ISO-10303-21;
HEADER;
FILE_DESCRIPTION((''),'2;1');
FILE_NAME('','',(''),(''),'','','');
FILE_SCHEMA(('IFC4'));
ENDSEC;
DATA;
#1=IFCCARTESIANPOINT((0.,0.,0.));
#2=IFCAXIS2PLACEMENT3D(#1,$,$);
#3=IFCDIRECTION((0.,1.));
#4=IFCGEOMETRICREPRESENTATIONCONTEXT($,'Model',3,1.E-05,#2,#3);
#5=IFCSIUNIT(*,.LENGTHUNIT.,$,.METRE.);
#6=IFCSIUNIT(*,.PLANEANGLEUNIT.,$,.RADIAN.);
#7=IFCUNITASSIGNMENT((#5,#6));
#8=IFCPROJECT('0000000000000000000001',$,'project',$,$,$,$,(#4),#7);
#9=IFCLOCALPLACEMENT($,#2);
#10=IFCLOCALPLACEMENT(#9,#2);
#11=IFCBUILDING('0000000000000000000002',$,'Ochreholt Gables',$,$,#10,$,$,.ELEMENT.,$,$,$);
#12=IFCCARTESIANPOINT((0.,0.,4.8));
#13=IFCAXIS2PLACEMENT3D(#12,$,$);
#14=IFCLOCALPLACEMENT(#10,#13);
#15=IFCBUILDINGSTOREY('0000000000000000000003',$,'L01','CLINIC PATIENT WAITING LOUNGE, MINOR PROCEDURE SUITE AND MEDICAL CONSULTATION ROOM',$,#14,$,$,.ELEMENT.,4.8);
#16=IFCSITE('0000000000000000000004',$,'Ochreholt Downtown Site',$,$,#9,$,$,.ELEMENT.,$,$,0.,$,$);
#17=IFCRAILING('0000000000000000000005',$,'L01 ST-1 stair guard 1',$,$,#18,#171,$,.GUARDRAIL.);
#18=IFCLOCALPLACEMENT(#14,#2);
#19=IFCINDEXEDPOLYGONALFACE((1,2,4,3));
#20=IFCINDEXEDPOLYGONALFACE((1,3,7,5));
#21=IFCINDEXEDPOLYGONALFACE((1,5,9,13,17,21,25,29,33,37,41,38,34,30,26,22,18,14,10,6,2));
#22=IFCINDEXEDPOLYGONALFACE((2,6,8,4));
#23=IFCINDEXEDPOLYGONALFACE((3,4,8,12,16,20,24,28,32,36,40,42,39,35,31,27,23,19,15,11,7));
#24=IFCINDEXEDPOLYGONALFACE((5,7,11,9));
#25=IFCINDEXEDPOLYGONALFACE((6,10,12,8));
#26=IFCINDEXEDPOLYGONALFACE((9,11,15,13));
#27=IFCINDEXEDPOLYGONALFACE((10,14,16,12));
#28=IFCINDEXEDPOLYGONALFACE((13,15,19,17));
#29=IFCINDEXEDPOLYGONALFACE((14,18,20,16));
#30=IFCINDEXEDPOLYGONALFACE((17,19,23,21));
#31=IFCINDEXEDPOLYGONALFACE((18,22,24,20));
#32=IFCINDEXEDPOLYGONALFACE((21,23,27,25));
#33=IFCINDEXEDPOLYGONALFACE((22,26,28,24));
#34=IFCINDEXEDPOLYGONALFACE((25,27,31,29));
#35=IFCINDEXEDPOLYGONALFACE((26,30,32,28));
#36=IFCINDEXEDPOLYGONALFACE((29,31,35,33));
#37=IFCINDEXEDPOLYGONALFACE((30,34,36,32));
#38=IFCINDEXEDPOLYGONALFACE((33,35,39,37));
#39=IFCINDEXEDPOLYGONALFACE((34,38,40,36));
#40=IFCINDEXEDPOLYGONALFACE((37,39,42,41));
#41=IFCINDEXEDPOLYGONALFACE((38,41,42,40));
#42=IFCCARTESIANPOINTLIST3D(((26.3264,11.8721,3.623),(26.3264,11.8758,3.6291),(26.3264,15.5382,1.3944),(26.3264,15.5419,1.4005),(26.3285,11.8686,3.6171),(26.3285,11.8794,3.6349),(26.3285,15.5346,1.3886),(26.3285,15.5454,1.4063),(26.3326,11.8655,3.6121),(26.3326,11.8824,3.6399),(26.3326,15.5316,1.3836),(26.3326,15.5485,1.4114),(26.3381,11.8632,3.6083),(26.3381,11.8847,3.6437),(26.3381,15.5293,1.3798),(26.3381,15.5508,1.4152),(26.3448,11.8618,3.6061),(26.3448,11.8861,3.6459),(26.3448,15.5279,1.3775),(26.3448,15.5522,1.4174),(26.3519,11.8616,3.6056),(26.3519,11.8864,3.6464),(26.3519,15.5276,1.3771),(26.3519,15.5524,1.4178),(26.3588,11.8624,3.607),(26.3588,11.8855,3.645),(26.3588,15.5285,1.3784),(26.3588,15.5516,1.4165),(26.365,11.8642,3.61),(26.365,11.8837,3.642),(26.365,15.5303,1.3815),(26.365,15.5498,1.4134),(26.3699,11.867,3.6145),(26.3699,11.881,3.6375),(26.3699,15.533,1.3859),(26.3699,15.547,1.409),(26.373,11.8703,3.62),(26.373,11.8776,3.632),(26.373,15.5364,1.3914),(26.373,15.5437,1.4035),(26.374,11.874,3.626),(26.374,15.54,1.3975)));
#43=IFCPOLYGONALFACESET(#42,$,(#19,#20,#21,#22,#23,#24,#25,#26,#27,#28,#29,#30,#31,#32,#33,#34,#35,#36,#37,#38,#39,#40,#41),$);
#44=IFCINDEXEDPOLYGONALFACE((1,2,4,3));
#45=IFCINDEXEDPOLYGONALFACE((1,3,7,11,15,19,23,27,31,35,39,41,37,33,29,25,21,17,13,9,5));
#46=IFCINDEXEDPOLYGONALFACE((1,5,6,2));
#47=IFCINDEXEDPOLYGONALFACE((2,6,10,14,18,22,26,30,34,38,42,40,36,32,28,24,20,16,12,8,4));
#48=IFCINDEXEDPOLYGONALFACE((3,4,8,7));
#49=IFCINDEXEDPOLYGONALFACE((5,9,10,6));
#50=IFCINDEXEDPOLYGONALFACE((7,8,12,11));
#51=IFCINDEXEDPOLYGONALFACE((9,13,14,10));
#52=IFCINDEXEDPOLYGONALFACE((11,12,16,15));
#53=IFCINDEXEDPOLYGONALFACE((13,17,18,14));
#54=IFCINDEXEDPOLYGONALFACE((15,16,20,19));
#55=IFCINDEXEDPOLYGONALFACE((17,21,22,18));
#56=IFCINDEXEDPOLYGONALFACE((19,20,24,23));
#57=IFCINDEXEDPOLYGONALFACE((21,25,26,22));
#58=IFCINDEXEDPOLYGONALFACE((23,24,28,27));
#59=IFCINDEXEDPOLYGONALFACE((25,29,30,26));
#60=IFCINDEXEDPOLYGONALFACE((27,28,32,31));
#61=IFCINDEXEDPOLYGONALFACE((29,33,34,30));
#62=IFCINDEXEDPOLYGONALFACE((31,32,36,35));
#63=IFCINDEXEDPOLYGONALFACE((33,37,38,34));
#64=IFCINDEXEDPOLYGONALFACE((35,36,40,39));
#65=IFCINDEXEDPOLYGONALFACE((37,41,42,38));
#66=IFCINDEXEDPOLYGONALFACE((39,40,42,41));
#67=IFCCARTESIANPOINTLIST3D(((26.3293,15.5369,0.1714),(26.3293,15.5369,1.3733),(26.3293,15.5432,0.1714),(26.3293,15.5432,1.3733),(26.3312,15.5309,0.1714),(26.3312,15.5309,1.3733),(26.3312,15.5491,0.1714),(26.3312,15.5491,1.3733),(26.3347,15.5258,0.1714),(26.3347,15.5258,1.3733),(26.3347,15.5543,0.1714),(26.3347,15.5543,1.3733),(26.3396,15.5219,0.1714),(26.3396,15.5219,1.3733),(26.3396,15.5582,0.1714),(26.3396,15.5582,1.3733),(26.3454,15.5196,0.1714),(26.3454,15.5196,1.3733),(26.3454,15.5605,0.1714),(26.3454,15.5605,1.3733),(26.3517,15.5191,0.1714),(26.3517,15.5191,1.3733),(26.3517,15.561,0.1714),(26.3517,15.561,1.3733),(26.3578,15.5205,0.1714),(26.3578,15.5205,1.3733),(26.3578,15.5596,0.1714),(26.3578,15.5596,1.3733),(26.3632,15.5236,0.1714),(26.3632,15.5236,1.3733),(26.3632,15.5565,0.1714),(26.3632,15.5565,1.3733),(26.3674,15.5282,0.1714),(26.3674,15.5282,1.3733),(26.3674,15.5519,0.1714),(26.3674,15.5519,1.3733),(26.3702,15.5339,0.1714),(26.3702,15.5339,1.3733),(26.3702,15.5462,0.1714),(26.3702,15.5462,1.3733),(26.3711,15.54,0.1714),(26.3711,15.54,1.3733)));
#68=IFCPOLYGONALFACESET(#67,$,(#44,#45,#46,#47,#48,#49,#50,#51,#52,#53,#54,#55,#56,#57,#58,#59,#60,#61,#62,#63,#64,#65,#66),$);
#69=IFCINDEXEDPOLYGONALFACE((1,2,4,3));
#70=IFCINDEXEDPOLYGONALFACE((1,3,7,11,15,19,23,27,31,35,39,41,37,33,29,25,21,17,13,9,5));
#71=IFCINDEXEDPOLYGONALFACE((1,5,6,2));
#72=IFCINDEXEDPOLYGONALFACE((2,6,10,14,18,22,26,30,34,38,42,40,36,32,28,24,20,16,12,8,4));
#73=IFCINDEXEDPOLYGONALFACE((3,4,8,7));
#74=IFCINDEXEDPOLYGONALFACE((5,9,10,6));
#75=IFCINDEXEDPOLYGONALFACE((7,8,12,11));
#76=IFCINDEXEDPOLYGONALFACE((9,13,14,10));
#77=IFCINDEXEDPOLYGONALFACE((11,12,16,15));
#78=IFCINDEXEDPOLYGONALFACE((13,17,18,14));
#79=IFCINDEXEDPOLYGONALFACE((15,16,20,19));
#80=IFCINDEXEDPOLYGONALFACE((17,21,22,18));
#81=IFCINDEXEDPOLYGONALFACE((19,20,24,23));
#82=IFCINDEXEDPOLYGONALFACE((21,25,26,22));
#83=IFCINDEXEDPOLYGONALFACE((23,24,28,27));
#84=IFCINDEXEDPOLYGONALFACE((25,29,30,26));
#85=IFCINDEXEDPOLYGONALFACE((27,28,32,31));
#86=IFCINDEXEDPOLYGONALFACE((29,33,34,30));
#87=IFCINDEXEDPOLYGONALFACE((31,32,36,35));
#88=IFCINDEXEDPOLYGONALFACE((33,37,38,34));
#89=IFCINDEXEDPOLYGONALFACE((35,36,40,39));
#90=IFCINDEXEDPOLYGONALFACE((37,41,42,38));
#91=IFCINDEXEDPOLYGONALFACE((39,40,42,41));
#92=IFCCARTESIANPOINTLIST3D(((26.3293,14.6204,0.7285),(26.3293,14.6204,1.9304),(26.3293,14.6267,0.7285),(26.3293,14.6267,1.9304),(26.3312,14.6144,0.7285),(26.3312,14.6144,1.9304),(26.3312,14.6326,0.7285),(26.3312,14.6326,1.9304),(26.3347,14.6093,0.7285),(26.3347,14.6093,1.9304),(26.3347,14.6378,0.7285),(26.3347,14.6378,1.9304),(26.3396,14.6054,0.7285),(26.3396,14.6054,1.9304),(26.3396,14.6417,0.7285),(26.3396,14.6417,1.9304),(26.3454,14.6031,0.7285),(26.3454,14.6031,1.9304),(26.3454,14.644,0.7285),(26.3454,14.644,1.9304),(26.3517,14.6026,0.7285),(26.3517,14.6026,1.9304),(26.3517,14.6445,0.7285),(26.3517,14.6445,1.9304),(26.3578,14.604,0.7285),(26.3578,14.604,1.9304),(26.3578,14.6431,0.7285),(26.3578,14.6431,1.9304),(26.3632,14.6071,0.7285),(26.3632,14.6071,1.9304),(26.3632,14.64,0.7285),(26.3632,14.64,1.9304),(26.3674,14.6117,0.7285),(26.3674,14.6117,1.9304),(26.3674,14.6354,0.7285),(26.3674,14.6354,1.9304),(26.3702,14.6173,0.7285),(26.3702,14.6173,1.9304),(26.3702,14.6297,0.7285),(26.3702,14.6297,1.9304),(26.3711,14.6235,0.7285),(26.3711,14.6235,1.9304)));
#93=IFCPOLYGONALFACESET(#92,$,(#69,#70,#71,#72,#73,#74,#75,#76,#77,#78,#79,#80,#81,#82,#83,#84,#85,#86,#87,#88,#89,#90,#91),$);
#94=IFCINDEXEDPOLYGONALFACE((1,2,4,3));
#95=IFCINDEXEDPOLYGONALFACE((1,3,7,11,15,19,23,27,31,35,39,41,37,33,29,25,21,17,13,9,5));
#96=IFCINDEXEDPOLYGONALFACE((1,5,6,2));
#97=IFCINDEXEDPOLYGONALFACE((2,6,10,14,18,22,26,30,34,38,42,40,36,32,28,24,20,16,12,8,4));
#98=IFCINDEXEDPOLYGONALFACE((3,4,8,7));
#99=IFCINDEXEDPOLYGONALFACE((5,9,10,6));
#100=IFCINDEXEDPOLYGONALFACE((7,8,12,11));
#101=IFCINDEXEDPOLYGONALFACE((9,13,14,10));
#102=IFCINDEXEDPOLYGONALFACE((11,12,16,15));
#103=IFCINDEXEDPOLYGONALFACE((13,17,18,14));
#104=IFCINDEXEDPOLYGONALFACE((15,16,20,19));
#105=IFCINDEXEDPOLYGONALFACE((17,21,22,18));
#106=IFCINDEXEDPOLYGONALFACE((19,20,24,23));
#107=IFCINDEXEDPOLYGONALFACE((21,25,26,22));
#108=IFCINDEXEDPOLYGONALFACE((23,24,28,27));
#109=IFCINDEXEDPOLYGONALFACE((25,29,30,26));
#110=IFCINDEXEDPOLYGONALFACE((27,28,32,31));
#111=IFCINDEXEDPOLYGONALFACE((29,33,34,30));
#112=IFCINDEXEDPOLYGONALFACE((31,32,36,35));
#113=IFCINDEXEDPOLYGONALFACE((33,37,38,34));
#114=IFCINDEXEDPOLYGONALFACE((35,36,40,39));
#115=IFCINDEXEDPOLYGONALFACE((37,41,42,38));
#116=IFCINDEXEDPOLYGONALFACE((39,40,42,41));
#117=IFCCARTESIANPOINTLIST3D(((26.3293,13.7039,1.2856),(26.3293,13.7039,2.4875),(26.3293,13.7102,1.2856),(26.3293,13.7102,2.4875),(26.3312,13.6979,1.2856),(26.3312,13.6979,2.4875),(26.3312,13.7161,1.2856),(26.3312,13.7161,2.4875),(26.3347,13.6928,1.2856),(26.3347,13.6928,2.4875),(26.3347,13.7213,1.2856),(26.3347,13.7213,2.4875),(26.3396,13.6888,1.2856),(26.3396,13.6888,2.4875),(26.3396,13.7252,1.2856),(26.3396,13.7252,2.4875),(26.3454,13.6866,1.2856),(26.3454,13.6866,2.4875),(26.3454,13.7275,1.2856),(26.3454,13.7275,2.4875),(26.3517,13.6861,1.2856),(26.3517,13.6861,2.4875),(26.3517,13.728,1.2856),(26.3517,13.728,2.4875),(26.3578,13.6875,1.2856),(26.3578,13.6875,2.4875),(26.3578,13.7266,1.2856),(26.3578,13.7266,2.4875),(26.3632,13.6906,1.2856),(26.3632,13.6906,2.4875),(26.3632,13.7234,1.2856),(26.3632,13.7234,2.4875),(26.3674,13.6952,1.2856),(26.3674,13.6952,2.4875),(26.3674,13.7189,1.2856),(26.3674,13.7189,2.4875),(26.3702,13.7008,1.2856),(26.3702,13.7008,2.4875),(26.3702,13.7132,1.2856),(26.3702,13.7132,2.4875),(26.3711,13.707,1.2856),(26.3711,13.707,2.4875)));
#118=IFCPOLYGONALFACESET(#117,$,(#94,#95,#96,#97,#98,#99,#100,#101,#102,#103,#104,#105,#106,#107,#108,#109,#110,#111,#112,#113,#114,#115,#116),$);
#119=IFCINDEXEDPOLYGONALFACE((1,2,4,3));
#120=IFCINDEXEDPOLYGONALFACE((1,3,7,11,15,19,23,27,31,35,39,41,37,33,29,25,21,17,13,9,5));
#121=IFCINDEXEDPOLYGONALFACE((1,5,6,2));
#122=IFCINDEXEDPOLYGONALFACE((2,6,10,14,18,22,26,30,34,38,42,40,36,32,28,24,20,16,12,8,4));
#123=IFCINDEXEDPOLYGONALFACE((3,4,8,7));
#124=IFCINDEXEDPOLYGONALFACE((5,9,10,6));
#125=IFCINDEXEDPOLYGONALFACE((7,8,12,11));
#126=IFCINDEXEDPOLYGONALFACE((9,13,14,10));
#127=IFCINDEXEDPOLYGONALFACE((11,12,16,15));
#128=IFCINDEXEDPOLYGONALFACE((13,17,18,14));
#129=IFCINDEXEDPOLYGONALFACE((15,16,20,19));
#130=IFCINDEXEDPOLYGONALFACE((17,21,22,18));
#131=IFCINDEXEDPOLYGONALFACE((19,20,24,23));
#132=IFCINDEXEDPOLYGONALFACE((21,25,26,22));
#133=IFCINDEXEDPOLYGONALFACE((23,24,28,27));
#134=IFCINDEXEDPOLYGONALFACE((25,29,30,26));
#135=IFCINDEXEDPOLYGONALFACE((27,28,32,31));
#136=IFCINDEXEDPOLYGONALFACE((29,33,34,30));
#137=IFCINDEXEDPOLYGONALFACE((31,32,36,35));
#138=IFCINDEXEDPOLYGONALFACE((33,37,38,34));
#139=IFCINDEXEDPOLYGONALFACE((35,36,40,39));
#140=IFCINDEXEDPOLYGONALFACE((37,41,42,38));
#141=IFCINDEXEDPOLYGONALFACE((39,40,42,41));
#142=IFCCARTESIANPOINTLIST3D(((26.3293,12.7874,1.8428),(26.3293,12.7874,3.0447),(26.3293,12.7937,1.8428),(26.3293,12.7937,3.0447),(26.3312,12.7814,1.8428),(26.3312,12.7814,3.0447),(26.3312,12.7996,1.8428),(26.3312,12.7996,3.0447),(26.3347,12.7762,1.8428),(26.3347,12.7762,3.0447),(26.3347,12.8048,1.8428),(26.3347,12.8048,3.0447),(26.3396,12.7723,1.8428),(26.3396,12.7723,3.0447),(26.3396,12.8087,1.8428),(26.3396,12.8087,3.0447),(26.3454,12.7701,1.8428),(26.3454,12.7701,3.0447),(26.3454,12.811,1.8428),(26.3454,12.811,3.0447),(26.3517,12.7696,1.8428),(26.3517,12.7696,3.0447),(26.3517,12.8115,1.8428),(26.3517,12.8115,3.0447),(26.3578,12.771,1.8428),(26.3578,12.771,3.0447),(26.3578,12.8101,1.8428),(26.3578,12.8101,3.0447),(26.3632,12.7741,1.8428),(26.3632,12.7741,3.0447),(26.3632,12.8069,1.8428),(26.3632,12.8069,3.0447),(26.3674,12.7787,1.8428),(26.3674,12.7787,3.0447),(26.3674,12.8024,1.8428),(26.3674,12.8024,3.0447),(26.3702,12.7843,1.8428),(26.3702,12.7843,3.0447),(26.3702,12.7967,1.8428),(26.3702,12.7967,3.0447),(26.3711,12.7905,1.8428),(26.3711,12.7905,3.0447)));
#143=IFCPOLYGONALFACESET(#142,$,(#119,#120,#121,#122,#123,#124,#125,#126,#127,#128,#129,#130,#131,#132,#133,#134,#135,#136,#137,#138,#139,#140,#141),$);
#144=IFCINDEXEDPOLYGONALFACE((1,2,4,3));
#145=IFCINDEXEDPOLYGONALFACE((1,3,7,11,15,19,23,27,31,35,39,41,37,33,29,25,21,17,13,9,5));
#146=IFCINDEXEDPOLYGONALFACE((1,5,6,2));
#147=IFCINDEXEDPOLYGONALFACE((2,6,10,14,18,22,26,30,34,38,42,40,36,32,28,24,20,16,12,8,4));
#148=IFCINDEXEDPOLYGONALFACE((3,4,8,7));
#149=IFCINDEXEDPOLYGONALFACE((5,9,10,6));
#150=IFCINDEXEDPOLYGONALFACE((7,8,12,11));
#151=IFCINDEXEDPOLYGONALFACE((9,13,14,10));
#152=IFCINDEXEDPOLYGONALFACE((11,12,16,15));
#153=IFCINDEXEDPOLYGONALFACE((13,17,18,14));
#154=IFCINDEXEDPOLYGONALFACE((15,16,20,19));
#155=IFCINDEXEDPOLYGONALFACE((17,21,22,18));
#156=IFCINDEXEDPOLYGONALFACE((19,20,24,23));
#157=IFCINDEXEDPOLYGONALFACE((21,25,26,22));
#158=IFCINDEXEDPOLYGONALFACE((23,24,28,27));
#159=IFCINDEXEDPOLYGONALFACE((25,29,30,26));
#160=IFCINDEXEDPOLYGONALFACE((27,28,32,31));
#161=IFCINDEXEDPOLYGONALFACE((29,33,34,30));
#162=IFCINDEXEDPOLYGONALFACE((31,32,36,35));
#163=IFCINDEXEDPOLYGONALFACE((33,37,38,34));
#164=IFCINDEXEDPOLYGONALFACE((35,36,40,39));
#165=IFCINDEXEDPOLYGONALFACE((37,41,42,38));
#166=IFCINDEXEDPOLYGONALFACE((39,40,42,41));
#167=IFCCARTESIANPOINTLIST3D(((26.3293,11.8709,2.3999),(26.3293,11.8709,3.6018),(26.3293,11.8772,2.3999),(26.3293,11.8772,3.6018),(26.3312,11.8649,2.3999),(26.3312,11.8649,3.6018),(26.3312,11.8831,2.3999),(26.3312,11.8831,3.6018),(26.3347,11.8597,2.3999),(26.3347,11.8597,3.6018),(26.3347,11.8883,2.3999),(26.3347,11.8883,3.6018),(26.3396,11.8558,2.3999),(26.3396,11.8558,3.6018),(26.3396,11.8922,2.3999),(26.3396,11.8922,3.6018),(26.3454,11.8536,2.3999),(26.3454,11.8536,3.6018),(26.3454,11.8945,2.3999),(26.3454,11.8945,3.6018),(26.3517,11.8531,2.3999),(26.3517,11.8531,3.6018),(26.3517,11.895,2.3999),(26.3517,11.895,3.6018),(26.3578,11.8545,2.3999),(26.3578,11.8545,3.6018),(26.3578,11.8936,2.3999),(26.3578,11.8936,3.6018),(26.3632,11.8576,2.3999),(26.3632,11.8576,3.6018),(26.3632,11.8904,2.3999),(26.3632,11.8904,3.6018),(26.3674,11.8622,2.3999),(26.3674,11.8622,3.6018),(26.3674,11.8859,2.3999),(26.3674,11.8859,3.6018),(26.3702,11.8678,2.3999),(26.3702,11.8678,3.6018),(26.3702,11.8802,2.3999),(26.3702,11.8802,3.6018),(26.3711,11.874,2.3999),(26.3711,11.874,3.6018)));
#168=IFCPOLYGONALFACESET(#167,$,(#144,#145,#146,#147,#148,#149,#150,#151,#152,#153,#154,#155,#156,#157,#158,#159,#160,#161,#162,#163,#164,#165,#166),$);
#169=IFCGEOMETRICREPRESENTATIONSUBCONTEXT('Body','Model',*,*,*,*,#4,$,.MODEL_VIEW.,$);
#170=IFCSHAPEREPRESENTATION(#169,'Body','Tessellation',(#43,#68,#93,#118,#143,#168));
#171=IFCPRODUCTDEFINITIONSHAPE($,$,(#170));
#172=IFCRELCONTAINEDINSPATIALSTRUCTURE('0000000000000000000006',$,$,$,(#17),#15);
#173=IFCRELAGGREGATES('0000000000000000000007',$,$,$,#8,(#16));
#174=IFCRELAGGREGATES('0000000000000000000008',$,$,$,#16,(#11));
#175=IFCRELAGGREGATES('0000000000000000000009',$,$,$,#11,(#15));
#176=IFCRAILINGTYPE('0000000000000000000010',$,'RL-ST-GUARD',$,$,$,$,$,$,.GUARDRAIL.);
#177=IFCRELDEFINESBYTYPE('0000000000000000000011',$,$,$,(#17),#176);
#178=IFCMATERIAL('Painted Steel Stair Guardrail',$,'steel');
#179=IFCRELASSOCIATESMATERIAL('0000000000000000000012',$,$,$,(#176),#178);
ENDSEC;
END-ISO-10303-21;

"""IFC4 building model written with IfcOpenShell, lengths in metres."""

from ifc_helpers import new_model, si_unit, direction, frame, origin, origin_2d, place, context, subcontext, project, spatial, circle, extrude, material, type_object, element, save


model = new_model("IFC4")

# Units and contexts
model_context = context("Model", 3, precision=1e-05, world=origin(), true_north=direction((0.0, 1.0)))
body_context = subcontext(model_context, "Body", "Model", "MODEL_VIEW")
ifc_project = project(units=[si_unit("LENGTHUNIT", "METRE"), si_unit("PLANEANGLEUNIT", "RADIAN")], contexts=[model_context])

# Site, building, storey
site_placement = place(None, origin())
site = spatial("IfcSite", under=ifc_project, at=site_placement, Name="Ochreholt Downtown Site", CompositionType="ELEMENT", RefElevation=0.0)
building_placement = place(site_placement, origin())
building = spatial("IfcBuilding", under=site, at=building_placement, Name="Ochreholt Gables", CompositionType="ELEMENT")
storey_placement = place(building_placement, frame((0.0, 0.0, 4.8)))
storey = spatial("IfcBuildingStorey", under=building, at=storey_placement, Name="L01", Description="CLINIC PATIENT WAITING LOUNGE, MINOR PROCEDURE SUITE AND MEDICAL CONSULTATION ROOM", CompositionType="ELEMENT", Elevation=4.8)

# Railing
ifc_material_1 = material(Name="Painted Steel Stair Guardrail", Category="steel")
railing_type_1 = type_object("IfcRailingType", Name="RL-ST-GUARD", PredefinedType="GUARDRAIL", material=ifc_material_1)
railing_1_placement = place(storey_placement, frame((26.3501, 15.54, 0.1714)))
element("IfcRailing", 1, at=railing_1_placement, inside=storey, type_object=railing_type_1, Name="L01 ST-1 stair guard 1", PredefinedType="GUARDRAIL", context=body_context, shape_type="SweptSolid", body=[
    extrude(circle(Radius=0.0239, at=origin_2d()), frame((0.0, 0.0, 1.2261), z_axis=(0.0, -0.854506, 0.519441), x_axis=(1.0, 0.0, 0.0)), (0.0, 0.0, 1.0), 4.2903),
    extrude(circle(Radius=0.021, at=origin_2d()), origin(), (0.0, 0.0, 1.0), 1.2019),
    extrude(circle(Radius=0.021, at=origin_2d()), frame((0.0, -0.9165, 0.5571)), (0.0, 0.0, 1.0), 1.2019),
    extrude(circle(Radius=0.021, at=origin_2d()), frame((0.0, -1.833, 1.1143)), (0.0, 0.0, 1.0), 1.2019),
    extrude(circle(Radius=0.021, at=origin_2d()), frame((0.0, -2.7495, 1.6714)), (0.0, 0.0, 1.0), 1.2019),
    extrude(circle(Radius=0.021, at=origin_2d()), frame((0.0, -3.666, 2.2285)), (0.0, 0.0, 1.0), 1.2019),
])

save(model, "model.ifc")
